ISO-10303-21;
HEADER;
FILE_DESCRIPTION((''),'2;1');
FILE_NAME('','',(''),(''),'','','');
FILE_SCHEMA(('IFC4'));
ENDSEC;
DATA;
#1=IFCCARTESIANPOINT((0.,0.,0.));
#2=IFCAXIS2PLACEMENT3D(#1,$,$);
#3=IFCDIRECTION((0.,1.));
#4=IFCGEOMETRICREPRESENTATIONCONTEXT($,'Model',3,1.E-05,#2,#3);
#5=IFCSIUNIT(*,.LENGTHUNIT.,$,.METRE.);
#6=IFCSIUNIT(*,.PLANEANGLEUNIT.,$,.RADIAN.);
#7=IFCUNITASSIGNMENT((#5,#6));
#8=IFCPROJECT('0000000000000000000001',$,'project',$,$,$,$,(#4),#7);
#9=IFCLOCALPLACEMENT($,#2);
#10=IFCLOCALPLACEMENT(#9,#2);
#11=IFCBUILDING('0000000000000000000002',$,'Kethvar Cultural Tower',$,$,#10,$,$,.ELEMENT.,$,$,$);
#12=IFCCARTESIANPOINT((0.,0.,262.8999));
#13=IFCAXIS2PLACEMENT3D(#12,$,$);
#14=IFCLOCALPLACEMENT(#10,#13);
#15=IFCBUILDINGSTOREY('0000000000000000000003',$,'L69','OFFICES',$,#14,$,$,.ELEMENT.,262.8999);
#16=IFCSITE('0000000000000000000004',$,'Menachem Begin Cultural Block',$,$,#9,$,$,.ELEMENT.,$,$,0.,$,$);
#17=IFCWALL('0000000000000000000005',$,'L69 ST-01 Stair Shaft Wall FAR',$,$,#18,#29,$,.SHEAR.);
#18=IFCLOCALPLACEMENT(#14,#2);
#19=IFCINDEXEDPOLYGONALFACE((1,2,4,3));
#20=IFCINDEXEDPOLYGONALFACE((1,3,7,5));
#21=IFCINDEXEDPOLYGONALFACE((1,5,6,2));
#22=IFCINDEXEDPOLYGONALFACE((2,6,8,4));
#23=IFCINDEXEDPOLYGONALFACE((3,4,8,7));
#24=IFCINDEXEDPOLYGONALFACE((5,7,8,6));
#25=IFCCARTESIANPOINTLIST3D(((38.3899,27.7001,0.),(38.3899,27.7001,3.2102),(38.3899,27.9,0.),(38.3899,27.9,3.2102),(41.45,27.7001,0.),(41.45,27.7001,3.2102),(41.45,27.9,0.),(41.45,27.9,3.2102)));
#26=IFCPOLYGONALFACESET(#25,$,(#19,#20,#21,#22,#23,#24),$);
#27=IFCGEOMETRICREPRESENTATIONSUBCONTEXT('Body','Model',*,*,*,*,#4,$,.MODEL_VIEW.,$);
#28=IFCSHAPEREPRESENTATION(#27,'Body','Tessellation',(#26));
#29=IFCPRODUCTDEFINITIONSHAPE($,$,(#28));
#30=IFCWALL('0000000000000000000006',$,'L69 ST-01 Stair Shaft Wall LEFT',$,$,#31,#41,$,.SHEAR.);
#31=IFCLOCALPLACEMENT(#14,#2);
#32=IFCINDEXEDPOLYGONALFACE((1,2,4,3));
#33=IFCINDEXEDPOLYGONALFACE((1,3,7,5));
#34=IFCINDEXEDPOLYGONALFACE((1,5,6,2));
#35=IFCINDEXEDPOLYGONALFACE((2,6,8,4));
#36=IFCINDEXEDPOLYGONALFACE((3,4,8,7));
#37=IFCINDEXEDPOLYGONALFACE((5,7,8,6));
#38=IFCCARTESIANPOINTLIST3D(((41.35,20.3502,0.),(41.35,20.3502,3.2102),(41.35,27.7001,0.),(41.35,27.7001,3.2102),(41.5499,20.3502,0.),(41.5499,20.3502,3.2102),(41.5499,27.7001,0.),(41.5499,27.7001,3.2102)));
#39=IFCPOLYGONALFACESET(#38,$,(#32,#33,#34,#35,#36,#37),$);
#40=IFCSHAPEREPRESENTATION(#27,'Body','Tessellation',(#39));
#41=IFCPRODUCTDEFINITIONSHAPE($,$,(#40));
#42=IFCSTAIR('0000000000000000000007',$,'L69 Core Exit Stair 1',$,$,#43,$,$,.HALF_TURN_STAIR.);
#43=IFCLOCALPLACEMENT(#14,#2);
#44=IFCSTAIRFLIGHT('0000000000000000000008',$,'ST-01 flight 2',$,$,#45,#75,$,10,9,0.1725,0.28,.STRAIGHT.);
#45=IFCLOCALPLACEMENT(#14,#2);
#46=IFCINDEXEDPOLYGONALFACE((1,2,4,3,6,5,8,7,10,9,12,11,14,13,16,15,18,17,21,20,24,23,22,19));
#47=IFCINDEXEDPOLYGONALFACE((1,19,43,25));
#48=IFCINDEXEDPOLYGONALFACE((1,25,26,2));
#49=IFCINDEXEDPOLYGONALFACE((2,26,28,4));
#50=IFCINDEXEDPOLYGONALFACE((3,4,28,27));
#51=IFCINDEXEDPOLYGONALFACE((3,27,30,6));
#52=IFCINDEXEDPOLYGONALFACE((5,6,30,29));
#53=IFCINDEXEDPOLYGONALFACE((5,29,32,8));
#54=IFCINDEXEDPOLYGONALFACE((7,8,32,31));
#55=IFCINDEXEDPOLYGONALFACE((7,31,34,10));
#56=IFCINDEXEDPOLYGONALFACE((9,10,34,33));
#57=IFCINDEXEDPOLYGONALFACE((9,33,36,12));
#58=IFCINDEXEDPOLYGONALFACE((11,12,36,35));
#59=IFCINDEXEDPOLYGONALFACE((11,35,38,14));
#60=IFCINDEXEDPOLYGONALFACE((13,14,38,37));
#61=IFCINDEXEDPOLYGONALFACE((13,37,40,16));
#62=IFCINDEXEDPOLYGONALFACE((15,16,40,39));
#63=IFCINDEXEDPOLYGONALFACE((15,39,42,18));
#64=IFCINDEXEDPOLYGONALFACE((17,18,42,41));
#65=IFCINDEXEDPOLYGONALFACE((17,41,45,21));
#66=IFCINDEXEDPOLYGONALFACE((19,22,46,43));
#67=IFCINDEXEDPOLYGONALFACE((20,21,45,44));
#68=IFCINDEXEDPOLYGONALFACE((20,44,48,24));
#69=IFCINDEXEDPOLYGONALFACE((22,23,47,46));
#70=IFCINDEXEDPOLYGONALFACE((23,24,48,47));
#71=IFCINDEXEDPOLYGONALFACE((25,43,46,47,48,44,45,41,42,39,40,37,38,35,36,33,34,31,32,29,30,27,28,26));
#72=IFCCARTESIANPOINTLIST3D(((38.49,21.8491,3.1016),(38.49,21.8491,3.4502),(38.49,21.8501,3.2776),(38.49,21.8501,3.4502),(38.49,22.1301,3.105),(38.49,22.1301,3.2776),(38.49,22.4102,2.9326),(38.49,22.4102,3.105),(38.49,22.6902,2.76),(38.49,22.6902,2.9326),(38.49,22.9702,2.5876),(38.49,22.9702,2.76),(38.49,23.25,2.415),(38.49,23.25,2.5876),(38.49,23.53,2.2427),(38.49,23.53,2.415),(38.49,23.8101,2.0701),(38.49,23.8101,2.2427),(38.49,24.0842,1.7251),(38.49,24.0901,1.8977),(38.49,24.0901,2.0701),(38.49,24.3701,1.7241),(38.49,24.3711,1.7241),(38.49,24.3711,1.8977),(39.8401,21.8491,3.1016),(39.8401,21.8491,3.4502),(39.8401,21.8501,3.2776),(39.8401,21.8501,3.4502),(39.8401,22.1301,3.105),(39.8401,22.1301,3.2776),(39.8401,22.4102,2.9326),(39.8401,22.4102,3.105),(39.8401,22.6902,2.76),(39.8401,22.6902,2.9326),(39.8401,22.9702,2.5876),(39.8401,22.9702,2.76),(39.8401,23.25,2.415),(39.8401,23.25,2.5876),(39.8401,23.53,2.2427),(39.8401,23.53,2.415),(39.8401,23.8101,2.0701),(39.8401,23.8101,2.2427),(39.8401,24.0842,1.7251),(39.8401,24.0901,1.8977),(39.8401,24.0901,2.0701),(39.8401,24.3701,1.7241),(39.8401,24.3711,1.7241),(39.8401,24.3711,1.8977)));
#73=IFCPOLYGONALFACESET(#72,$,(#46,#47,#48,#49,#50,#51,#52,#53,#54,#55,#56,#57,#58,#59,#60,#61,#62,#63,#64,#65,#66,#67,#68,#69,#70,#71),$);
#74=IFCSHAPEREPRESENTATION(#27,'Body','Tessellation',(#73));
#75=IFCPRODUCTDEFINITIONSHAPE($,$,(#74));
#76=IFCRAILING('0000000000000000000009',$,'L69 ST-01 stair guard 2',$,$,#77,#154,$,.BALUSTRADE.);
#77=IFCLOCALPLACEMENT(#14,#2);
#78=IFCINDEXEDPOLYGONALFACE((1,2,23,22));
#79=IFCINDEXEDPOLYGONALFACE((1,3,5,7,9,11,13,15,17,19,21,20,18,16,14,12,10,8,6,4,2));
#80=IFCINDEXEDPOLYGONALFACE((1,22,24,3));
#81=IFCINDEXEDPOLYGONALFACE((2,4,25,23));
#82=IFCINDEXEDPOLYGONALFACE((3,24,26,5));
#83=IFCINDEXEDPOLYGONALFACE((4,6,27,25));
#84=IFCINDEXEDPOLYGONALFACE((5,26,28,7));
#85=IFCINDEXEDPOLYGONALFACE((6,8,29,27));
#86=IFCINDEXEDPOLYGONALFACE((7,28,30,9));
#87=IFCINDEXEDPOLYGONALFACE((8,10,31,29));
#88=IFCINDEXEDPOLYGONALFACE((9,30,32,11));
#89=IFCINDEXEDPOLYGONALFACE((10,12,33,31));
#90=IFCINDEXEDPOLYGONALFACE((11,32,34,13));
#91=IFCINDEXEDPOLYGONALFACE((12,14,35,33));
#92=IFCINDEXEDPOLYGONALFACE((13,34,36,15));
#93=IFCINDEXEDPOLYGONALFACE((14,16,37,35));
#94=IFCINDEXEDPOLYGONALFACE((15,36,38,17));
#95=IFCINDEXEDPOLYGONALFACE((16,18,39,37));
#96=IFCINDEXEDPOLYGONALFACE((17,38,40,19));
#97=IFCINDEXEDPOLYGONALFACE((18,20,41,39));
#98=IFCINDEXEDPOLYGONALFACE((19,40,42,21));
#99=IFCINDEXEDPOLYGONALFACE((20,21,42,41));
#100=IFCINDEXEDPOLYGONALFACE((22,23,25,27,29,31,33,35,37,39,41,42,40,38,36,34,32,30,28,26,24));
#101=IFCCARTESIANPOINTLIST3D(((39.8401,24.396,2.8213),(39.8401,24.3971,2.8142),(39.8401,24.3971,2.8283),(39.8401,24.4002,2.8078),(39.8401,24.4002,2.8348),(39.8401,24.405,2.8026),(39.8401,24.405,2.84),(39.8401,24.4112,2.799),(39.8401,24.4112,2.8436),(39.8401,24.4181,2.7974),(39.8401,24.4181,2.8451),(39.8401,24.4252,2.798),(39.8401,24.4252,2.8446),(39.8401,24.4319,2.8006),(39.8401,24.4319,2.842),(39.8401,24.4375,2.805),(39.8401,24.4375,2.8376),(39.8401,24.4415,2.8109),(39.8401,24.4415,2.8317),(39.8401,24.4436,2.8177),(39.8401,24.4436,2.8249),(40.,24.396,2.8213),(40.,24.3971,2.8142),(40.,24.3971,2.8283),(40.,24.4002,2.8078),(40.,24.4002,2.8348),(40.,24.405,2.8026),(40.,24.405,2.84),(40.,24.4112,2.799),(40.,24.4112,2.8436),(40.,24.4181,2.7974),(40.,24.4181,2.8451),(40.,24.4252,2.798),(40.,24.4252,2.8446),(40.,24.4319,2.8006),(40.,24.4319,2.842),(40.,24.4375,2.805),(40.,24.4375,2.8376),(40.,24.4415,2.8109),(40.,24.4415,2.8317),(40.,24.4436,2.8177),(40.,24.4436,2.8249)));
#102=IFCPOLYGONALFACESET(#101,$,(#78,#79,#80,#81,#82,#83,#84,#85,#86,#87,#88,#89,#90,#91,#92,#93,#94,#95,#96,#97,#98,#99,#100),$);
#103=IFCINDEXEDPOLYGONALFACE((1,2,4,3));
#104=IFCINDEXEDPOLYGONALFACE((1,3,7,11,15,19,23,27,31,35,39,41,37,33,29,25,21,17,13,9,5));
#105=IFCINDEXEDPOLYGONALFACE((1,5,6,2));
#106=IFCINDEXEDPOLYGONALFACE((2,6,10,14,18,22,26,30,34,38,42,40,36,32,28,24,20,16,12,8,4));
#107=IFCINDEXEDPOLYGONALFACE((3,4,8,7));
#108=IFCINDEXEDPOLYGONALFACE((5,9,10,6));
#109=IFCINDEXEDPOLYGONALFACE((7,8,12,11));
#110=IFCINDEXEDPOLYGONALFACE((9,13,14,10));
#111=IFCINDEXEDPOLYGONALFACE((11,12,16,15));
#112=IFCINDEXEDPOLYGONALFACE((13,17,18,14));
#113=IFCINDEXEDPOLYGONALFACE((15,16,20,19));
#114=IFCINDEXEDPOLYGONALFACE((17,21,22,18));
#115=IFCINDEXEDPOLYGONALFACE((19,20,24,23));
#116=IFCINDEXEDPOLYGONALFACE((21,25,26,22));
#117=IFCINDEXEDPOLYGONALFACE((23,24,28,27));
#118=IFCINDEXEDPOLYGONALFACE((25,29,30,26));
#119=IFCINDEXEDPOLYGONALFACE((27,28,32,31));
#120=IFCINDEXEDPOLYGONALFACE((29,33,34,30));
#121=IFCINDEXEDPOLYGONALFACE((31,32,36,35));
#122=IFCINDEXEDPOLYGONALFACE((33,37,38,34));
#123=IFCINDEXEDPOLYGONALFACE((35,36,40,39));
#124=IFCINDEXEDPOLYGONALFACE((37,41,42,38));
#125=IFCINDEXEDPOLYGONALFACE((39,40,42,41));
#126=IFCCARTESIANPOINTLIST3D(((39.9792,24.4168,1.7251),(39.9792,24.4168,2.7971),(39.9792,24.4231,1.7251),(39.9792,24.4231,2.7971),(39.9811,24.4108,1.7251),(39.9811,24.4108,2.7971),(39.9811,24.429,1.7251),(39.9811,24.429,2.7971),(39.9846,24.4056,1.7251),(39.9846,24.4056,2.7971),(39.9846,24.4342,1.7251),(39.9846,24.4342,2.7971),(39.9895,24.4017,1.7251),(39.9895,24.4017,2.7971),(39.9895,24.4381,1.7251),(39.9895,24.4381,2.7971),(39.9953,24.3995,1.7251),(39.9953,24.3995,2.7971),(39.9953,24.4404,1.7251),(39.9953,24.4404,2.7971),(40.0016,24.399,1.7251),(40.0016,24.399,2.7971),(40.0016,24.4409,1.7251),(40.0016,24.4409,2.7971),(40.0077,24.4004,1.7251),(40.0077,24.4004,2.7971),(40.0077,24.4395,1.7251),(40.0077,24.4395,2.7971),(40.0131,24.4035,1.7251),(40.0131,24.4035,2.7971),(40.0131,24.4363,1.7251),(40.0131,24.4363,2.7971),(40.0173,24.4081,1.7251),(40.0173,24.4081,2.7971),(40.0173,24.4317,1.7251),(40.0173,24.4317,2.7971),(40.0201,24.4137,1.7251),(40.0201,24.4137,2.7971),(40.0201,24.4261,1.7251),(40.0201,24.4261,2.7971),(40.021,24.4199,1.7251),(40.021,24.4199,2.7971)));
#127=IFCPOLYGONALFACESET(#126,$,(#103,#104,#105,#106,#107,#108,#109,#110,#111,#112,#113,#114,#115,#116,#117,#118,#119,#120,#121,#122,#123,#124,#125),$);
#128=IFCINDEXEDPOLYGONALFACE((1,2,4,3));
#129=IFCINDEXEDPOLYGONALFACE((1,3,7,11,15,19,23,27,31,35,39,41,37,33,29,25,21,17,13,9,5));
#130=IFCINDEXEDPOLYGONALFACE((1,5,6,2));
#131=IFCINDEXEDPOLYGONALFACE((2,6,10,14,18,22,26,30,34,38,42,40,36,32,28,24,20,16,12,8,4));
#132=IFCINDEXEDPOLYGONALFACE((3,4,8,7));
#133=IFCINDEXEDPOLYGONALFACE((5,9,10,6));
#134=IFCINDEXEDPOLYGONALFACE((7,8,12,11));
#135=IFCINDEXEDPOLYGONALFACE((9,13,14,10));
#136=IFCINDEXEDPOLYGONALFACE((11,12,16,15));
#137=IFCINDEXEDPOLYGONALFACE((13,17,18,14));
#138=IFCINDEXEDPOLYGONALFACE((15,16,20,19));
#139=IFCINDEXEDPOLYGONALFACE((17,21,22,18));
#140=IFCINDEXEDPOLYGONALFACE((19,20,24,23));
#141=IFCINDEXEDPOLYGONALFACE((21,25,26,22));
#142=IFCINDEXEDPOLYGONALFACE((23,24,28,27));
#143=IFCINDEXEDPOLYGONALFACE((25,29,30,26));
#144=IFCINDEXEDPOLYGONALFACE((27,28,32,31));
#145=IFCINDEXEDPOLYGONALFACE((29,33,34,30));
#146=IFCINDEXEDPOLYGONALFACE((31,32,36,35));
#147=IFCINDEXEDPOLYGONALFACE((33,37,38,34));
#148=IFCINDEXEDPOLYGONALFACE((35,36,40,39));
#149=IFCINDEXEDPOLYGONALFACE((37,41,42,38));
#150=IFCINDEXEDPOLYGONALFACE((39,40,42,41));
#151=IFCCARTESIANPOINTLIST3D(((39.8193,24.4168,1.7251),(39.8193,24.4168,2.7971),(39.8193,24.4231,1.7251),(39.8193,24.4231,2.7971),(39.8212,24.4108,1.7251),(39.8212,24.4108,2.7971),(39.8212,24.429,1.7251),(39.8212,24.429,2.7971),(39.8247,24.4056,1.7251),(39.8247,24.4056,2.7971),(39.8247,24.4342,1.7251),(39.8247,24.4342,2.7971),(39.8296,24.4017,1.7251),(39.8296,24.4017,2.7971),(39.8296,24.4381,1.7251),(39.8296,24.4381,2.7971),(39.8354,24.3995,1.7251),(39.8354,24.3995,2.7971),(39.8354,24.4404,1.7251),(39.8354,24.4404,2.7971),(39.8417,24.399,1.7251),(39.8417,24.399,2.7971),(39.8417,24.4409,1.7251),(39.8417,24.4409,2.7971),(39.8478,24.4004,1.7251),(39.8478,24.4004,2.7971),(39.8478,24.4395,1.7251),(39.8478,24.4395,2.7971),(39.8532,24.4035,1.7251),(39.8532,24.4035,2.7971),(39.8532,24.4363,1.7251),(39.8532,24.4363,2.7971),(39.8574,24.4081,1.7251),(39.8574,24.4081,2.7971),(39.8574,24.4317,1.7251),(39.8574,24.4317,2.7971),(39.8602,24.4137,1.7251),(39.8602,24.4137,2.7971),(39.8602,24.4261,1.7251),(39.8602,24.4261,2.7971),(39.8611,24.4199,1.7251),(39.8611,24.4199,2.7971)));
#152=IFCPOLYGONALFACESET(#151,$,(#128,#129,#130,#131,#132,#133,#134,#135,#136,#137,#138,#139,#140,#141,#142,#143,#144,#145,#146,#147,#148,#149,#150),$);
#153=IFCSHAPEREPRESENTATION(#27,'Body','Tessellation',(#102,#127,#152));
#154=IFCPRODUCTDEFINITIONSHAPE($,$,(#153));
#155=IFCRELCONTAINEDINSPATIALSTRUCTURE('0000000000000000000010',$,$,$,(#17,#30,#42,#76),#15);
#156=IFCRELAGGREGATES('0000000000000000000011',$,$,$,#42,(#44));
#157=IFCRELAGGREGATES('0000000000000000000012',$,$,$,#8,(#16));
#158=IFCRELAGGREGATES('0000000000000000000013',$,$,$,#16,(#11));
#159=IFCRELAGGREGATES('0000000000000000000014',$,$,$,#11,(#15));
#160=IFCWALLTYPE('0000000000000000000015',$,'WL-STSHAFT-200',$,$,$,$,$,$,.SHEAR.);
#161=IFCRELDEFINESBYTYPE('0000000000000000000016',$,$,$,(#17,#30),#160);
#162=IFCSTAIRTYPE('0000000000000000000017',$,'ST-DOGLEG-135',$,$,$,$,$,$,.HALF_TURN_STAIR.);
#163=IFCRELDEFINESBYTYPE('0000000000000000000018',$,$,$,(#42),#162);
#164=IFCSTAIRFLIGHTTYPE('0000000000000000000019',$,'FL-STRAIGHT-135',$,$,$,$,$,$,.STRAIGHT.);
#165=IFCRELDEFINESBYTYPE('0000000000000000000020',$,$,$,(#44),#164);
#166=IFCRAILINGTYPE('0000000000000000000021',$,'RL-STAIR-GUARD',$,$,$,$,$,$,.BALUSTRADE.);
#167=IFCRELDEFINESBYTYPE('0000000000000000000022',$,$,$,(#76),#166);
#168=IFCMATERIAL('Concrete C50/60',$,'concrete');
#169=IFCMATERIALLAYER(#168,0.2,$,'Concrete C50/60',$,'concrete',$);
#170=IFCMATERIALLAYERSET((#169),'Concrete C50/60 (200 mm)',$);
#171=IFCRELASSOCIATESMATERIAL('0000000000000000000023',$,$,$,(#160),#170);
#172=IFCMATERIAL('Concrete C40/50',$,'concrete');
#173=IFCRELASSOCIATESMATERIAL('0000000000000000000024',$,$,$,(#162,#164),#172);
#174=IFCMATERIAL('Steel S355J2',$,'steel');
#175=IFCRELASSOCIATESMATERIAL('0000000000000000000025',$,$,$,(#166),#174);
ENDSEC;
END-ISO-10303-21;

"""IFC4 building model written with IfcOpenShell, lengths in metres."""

from ifc_helpers import new_model, si_unit, direction, frame, frame_2d, origin, origin_2d, place, context, subcontext, project, spatial, polyline, rectangle, circle, outline, extrude, material, layer, layer_set, type_object, element, aggregate, save


model = new_model("IFC4")

# Units and contexts
model_context = context("Model", 3, precision=1e-05, world=origin(), true_north=direction((0.0, 1.0)))
body_context = subcontext(model_context, "Body", "Model", "MODEL_VIEW")
ifc_project = project(units=[si_unit("LENGTHUNIT", "METRE"), si_unit("PLANEANGLEUNIT", "RADIAN")], contexts=[model_context])

# Site, building, storey
site_placement = place(None, origin())
site = spatial("IfcSite", under=ifc_project, at=site_placement, Name="Menachem Begin Cultural Block", CompositionType="ELEMENT", RefElevation=0.0)
building_placement = place(site_placement, origin())
building = spatial("IfcBuilding", under=site, at=building_placement, Name="Kethvar Cultural Tower", CompositionType="ELEMENT")
storey_placement = place(building_placement, frame((0.0, 0.0, 262.8999)))
storey = spatial("IfcBuildingStorey", under=building, at=storey_placement, Name="L69", Description="OFFICES", CompositionType="ELEMENT", Elevation=262.8999)

# Shared definitions
ifc_material_1 = material(Name="Steel S355J2", Category="steel")

# Shared definitions
ifc_material_2 = material(Name="Concrete C40/50", Category="concrete")

# Shared definitions
ifc_material_3 = material(Name="Concrete C50/60", Category="concrete")

# Walls
ifc_layer_1 = layer(ifc_material_3, 0.2, Name="Concrete C50/60", Category="concrete")
ifc_layer_set_1 = layer_set([ifc_layer_1], Name="Concrete C50/60 (200 mm)")
wall_type_1 = type_object("IfcWallType", Name="WL-STSHAFT-200", PredefinedType="SHEAR", material=ifc_layer_set_1)
wall_1_placement = place(storey_placement, frame((38.3899, 27.8, 0.0), z_axis=(0.0, 0.0, 1.0), x_axis=(1.0, 0.0, 0.0)))
element("IfcWall", 1, at=wall_1_placement, inside=storey, type_object=wall_type_1, Name="L69 ST-01 Stair Shaft Wall FAR", PredefinedType="SHEAR", context=body_context, shape_type="SweptSolid", body=[
    extrude(rectangle(XDim=3.0601, YDim=0.2, at=frame_2d((1.53, 0.0))), origin(), (0.0, 0.0, 1.0), 3.2102),
])
wall_2_placement = place(storey_placement, frame((41.45, 27.7, 0.0), z_axis=(0.0, 0.0, 1.0), x_axis=(0.0, -1.0, 0.0)))
element("IfcWall", 2, at=wall_2_placement, inside=storey, type_object=wall_type_1, Name="L69 ST-01 Stair Shaft Wall LEFT", PredefinedType="SHEAR", context=body_context, shape_type="SweptSolid", body=[
    extrude(rectangle(XDim=7.3499, YDim=0.2, at=frame_2d((3.6748, 0.0))), origin(), (0.0, 0.0, 1.0), 3.2102),
])

# Stair, stair flight
stair_type = type_object("IfcStairType", Name="ST-DOGLEG-135", PredefinedType="HALF_TURN_STAIR", material=ifc_material_2)
stair_placement = place(storey_placement, origin())
stair = element("IfcStair", 3, at=stair_placement, inside=storey, type_object=stair_type, Name="L69 Core Exit Stair 1", PredefinedType="HALF_TURN_STAIR")
stair_flight_type = type_object("IfcStairFlightType", Name="FL-STRAIGHT-135", PredefinedType="STRAIGHT", material=ifc_material_2)
stair_flight_placement = place(storey_placement, frame((39.165, 24.3701, 1.7251), z_axis=(0.0, 0.0, 1.0), x_axis=(0.0, -1.0, 0.0)))
stair_flight = element("IfcStairFlight", 4, at=stair_flight_placement, type_object=stair_flight_type, Name="ST-01 flight 2", NumberOfRisers=10, NumberOfTreads=9, PredefinedType="STRAIGHT", RiserHeight=0.1725, TreadLength=0.28, context=body_context, shape_type="SweptSolid", body=[
    extrude(outline(polyline([(-0.001, -0.001), (-0.001, 0.1726), (0.28, 0.1726), (0.28, 0.345), (0.5601, 0.345), (0.5601, 0.5176), (0.8401, 0.5176), (0.8401, 0.6899), (1.1201, 0.6899), (1.1201, 0.8625), (1.3999, 0.8625), (1.3999, 1.0349), (1.6799, 1.0349), (1.6799, 1.2075), (1.96, 1.2075), (1.96, 1.3799), (2.24, 1.3799), (2.24, 1.5525), (2.52, 1.5525), (2.52, 1.7251), (2.521, 1.7251), (2.521, 1.3765), (0.2859, 0.0), (0.0, -0.001), (-0.001, -0.001)])), frame((0.0, 0.675, 0.0), z_axis=(0.0, -1.0, 0.0), x_axis=(1.0, 0.0, 0.0)), (0.0, 0.0, 1.0), 1.3501),
])
aggregate(stair, [stair_flight])

# Railing
railing_type_1 = type_object("IfcRailingType", Name="RL-STAIR-GUARD", PredefinedType="BALUSTRADE", material=ifc_material_1)
railing_1_placement = place(storey_placement, frame((40.0, 24.4199, 1.7251)))
element("IfcRailing", 5, at=railing_1_placement, inside=storey, type_object=railing_type_1, Name="L69 ST-01 stair guard 2", PredefinedType="BALUSTRADE", context=body_context, shape_type="SweptSolid", body=[
    extrude(circle(Radius=0.0239, at=origin_2d()), frame((0.0, 0.0, 1.0962), z_axis=(-1.0, 0.0, 0.0), x_axis=(0.0, -1.0, 0.0)), (0.0, 0.0, 1.0), 0.1599),
    extrude(circle(Radius=0.021, at=origin_2d()), origin(), (0.0, 0.0, 1.0), 1.072),
    extrude(circle(Radius=0.021, at=origin_2d()), frame((-0.1599, 0.0, 0.0)), (0.0, 0.0, 1.0), 1.072),
])

save(model, "model.ifc")
